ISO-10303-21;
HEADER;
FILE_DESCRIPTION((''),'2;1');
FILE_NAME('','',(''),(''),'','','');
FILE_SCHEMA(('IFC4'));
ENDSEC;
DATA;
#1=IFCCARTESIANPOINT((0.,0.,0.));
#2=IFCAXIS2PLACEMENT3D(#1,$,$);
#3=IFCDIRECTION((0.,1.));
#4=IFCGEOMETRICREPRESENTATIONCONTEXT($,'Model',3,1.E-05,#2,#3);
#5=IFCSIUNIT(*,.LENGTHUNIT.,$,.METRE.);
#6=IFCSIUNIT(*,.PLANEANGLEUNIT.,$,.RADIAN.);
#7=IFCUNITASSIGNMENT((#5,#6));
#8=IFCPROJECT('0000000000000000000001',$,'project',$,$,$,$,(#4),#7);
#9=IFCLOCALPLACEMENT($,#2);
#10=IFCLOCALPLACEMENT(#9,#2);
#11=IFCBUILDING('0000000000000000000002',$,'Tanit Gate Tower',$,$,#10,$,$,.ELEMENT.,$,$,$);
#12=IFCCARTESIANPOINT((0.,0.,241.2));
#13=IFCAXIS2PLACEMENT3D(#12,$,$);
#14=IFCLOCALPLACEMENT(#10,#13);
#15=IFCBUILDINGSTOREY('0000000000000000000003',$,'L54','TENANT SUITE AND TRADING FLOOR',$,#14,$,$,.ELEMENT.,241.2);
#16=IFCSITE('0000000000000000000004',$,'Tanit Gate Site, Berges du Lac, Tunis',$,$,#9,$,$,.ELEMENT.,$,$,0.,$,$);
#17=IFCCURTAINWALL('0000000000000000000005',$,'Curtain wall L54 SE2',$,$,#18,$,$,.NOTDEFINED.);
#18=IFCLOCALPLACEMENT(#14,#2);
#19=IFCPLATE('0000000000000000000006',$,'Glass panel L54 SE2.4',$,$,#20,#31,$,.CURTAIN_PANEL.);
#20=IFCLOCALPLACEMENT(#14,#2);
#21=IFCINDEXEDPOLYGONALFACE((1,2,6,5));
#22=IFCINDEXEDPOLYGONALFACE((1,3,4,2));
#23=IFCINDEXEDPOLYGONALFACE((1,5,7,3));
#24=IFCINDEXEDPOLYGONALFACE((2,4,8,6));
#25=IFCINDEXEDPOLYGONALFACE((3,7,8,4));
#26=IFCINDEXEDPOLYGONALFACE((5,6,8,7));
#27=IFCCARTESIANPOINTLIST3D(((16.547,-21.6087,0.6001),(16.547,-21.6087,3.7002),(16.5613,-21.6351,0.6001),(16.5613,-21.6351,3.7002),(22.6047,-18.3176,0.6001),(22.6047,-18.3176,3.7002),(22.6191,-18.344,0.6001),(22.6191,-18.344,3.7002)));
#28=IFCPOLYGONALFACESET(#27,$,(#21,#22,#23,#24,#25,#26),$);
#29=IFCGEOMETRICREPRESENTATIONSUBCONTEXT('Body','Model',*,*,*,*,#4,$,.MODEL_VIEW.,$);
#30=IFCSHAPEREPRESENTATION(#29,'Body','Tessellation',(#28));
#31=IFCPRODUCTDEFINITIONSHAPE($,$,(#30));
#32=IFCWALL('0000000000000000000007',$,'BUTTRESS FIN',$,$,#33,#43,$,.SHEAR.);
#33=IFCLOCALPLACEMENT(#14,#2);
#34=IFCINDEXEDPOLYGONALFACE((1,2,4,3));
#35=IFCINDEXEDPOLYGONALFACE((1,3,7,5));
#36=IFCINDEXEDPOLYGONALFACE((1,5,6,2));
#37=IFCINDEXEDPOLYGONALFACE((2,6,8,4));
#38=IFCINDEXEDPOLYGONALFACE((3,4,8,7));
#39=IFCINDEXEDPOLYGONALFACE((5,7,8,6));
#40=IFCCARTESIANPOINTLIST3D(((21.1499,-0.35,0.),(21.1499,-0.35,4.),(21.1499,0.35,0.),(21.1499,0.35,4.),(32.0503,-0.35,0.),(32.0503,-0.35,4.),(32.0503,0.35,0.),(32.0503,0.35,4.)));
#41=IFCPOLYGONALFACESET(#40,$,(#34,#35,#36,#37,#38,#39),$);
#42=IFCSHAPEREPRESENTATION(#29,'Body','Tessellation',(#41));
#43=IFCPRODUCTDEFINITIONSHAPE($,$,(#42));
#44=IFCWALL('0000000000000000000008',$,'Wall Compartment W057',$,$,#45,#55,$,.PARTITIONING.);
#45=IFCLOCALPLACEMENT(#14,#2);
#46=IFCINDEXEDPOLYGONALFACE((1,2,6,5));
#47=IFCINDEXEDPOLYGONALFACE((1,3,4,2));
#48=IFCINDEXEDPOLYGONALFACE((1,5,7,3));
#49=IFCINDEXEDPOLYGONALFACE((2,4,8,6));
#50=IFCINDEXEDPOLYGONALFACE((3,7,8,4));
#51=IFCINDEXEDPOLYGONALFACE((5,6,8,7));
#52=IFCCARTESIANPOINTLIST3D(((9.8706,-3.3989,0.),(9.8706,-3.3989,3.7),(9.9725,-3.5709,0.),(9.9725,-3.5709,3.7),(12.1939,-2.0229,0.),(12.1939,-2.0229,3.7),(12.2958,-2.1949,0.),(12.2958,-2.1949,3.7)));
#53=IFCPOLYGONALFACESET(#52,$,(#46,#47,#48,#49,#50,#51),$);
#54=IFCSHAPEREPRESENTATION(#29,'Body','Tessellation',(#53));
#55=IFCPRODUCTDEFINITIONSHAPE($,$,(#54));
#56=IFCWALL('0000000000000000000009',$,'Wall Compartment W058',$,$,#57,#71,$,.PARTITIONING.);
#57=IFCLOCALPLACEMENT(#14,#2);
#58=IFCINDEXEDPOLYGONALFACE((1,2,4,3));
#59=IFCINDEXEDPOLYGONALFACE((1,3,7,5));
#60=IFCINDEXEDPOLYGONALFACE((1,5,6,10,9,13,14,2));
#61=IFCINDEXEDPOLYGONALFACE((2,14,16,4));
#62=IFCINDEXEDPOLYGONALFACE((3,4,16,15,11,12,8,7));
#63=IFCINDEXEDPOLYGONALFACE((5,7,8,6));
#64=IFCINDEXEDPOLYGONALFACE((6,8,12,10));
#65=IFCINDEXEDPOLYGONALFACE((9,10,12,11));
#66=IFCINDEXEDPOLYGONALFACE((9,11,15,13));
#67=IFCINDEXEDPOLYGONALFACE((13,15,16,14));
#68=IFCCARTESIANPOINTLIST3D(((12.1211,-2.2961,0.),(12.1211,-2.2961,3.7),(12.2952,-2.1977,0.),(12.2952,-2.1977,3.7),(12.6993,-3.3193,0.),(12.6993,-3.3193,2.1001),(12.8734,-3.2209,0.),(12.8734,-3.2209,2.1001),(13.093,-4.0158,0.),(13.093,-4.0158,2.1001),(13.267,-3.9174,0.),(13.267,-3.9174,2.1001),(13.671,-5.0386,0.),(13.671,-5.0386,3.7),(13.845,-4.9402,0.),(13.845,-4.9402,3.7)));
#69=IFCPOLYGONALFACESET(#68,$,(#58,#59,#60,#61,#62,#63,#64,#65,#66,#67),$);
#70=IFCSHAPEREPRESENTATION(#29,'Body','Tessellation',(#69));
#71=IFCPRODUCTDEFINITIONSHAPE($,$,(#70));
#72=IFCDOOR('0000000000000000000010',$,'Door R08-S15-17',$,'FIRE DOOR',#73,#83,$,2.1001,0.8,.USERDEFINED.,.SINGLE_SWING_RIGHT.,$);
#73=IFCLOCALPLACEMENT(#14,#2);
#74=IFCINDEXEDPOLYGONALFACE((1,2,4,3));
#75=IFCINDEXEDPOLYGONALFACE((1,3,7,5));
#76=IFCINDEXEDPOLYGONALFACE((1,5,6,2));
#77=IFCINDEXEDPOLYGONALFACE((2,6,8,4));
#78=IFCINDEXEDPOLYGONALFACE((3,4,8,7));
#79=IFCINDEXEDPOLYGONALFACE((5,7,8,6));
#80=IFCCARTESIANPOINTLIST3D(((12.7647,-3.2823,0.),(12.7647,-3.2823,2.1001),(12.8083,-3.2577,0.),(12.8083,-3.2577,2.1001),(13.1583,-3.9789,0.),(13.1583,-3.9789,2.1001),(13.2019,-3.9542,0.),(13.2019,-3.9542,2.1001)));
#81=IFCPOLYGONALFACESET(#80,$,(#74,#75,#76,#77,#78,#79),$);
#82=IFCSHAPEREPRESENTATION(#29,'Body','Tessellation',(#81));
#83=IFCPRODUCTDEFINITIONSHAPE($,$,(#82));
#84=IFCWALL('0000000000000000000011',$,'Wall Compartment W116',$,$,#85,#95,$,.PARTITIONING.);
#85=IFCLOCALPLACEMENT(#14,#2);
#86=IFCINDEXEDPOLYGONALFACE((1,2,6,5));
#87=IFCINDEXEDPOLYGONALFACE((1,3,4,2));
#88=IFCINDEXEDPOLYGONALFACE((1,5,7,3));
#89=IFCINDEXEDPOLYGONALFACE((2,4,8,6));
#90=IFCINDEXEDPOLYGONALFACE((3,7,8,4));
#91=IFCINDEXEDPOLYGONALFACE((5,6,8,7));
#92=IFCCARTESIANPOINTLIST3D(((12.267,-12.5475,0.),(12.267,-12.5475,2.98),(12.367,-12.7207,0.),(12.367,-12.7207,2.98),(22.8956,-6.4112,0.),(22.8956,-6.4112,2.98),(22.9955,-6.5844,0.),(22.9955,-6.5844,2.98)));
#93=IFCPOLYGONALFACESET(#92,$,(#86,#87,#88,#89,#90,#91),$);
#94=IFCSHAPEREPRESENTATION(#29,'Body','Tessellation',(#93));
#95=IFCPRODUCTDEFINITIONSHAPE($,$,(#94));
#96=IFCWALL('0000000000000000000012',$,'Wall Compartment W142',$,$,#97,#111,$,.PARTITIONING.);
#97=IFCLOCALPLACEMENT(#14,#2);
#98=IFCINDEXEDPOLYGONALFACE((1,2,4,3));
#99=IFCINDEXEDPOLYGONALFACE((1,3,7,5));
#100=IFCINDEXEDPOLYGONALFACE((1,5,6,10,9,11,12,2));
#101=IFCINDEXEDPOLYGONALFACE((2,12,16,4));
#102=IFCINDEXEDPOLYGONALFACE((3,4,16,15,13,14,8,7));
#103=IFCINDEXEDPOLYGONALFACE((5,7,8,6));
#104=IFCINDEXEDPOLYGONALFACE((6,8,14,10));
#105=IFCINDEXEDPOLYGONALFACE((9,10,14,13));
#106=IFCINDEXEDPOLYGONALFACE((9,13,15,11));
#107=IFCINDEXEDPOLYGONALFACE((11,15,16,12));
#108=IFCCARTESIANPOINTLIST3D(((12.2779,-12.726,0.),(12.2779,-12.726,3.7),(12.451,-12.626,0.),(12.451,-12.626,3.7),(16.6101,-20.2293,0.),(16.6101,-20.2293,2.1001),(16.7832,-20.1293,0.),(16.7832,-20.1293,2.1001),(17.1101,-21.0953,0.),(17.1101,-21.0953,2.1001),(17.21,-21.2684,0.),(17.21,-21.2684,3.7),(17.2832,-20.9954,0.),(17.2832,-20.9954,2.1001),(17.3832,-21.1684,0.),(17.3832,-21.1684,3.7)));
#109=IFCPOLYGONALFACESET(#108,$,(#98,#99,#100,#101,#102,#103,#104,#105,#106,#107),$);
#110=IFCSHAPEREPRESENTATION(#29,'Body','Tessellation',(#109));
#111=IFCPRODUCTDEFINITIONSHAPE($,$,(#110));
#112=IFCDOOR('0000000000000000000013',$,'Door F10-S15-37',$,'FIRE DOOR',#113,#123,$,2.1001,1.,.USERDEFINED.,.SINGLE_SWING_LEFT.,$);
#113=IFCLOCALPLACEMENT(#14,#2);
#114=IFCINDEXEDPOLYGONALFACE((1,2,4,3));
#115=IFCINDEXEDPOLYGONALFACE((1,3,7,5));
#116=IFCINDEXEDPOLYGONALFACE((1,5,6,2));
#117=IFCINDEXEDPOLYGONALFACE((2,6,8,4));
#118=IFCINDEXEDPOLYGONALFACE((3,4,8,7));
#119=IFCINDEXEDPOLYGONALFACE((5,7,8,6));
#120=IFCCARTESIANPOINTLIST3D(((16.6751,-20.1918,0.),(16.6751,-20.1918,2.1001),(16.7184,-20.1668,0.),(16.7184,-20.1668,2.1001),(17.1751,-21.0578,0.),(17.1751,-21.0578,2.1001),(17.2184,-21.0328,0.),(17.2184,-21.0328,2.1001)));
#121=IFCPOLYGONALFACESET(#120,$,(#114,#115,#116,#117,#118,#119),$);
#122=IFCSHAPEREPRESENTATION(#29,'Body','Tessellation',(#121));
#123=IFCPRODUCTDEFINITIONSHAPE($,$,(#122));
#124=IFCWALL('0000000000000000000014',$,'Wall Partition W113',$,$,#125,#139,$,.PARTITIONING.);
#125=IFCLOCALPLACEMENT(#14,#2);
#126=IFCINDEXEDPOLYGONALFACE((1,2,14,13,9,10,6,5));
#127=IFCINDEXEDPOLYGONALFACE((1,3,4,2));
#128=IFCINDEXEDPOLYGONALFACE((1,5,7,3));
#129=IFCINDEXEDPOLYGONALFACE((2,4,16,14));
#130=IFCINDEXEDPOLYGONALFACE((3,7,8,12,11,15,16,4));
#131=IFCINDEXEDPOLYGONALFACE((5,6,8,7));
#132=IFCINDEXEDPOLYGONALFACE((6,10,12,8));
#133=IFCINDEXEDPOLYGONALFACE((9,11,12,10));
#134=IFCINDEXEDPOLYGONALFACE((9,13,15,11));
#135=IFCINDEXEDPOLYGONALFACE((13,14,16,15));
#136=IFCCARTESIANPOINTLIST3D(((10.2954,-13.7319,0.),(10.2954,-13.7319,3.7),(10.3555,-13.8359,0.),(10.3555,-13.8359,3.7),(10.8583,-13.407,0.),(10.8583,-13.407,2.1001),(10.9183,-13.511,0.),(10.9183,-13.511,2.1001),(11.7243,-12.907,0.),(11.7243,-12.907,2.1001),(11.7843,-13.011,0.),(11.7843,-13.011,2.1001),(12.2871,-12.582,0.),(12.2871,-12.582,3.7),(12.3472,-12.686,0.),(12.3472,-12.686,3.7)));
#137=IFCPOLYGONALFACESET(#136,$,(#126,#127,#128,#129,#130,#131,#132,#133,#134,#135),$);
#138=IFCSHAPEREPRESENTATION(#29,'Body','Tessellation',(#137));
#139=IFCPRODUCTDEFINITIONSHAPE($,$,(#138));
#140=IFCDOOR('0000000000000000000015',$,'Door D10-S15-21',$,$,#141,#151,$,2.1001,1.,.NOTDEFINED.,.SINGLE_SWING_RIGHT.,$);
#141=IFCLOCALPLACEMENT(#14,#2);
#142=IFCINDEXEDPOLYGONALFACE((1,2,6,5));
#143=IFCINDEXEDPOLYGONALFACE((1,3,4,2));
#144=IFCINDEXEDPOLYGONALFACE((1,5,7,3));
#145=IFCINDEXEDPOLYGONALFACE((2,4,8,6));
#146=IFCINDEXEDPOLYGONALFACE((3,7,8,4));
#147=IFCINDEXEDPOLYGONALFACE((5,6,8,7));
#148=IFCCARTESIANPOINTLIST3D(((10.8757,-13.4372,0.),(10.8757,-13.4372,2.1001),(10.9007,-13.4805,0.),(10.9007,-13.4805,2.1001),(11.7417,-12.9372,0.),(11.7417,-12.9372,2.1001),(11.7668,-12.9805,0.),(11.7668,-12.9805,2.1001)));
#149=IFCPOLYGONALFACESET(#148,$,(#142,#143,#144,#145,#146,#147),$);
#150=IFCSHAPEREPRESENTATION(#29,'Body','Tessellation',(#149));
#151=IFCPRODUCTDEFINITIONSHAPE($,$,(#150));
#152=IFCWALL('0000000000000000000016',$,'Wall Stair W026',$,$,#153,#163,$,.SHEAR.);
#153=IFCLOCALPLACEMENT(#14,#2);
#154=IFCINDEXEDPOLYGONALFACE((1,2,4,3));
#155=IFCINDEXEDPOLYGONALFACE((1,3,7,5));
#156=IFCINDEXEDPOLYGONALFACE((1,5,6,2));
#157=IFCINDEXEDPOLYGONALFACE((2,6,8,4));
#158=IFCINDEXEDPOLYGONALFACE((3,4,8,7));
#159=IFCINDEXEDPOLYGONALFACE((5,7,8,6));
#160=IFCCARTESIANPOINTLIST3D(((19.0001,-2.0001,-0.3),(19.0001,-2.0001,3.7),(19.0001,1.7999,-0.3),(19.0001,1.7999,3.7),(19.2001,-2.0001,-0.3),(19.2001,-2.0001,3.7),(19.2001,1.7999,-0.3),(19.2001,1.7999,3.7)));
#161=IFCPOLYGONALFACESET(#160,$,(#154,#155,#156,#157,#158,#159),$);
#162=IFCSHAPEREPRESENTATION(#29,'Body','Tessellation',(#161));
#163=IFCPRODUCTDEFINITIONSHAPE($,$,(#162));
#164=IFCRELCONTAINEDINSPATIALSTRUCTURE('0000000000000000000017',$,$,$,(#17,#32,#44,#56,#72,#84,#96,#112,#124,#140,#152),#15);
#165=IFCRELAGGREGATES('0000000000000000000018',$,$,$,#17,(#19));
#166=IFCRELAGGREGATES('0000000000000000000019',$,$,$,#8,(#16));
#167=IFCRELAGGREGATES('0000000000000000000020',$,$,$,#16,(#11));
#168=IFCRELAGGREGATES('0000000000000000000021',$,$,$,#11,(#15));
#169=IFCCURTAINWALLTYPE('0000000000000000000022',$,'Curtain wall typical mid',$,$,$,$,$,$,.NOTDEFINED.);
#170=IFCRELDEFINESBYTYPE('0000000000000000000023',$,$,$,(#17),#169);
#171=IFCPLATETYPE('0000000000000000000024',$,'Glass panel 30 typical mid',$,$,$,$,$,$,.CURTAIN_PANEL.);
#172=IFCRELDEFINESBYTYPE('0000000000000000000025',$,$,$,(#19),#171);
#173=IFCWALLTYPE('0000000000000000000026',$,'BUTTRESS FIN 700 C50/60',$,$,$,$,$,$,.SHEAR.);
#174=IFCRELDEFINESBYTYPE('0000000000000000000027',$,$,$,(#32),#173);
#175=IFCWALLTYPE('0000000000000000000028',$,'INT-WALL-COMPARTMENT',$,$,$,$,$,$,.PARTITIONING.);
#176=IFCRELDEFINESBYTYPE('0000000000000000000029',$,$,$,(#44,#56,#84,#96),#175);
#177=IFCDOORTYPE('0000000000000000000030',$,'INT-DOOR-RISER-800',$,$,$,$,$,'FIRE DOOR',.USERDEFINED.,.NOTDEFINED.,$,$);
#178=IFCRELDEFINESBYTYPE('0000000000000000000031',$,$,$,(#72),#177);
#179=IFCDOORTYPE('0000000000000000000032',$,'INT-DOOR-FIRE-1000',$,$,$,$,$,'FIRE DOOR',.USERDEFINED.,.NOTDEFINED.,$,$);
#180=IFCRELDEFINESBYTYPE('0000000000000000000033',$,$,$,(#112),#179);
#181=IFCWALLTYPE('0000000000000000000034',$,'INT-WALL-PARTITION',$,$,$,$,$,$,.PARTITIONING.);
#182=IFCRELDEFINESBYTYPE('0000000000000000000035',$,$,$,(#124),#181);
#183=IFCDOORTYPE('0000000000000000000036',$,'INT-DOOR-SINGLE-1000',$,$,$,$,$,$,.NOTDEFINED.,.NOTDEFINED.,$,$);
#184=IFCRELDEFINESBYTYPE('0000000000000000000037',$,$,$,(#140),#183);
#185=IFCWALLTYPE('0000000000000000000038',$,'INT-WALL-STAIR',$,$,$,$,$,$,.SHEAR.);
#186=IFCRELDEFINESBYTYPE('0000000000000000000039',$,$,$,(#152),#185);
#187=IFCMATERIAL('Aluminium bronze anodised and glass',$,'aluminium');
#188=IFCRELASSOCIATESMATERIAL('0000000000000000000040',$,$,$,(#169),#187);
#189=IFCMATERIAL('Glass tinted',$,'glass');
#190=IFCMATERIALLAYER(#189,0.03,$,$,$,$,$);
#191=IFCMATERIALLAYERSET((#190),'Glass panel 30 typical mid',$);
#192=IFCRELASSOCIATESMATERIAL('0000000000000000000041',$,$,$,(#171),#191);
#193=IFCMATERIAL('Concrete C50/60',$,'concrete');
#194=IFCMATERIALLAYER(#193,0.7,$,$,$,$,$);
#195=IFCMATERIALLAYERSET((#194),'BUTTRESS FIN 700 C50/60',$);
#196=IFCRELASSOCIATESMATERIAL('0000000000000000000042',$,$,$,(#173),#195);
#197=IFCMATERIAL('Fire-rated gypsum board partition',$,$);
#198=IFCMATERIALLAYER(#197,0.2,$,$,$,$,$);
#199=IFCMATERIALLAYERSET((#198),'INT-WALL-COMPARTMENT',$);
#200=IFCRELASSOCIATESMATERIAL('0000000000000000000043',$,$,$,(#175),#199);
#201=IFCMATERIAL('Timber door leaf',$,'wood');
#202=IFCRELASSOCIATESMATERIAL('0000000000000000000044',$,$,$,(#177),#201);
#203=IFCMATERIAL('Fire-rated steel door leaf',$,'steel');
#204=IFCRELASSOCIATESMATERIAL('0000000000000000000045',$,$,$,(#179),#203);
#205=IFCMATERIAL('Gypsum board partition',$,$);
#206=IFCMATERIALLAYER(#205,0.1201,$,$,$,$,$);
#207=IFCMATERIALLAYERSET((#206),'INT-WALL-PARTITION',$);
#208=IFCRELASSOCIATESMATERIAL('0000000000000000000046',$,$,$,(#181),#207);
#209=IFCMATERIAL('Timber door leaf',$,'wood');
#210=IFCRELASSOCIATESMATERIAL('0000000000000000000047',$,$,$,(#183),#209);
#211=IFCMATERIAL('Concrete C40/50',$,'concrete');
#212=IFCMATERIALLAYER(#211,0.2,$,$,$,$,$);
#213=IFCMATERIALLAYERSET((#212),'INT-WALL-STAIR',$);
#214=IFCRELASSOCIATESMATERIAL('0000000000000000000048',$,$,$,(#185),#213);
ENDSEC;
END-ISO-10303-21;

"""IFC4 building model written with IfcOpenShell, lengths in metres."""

from ifc_helpers import new_model, si_unit, direction, frame, frame_2d, origin, origin_2d, place, context, subcontext, project, spatial, rectangle, extrude, material, layer, layer_set, type_object, element, fill, aggregate, save


model = new_model("IFC4")

# Units and contexts
model_context = context("Model", 3, precision=1e-05, world=origin(), true_north=direction((0.0, 1.0)))
body_context = subcontext(model_context, "Body", "Model", "MODEL_VIEW")
ifc_project = project(units=[si_unit("LENGTHUNIT", "METRE"), si_unit("PLANEANGLEUNIT", "RADIAN")], contexts=[model_context])

# Site, building, storey
site_placement = place(None, origin())
site = spatial("IfcSite", under=ifc_project, at=site_placement, Name="Tanit Gate Site, Berges du Lac, Tunis", CompositionType="ELEMENT", RefElevation=0.0)
building_placement = place(site_placement, origin())
building = spatial("IfcBuilding", under=site, at=building_placement, Name="Tanit Gate Tower", CompositionType="ELEMENT")
storey_placement = place(building_placement, frame((0.0, 0.0, 241.2)))
storey = spatial("IfcBuildingStorey", under=building, at=storey_placement, Name="L54", Description="TENANT SUITE AND TRADING FLOOR", CompositionType="ELEMENT", Elevation=241.2)

# Curtain wall
ifc_material_1 = material(Name="Aluminium bronze anodised and glass", Category="aluminium")
curtain_wall_type = type_object("IfcCurtainWallType", Name="Curtain wall typical mid", PredefinedType="NOTDEFINED", material=ifc_material_1)
curtain_wall_placement = place(storey_placement, origin())
curtain_wall = element("IfcCurtainWall", 1, at=curtain_wall_placement, inside=storey, type_object=curtain_wall_type, Name="Curtain wall L54 SE2", PredefinedType="NOTDEFINED")

# Plate
ifc_material_2 = material(Name="Glass tinted", Category="glass")
ifc_layer_1 = layer(ifc_material_2, 0.03)
ifc_layer_set_1 = layer_set([ifc_layer_1], Name="Glass panel 30 typical mid")
plate_type = type_object("IfcPlateType", Name="Glass panel 30 typical mid", PredefinedType="CURTAIN_PANEL", material=ifc_layer_set_1)
plate_1_placement = place(storey_placement, frame((19.583, -19.9763, 0.6001), z_axis=(0.0, 0.0, 1.0), x_axis=(0.878696, 0.477381, 0.0)))
plate_1 = element("IfcPlate", 2, at=plate_1_placement, type_object=plate_type, Name="Glass panel L54 SE2.4", PredefinedType="CURTAIN_PANEL", context=body_context, shape_type="SweptSolid", body=[
    extrude(rectangle(XDim=6.894, YDim=0.03, at=origin_2d()), origin(), (0.0, 0.0, 1.0), 3.1001),
])
aggregate(curtain_wall, [plate_1])

# Walls
ifc_material_3 = material(Name="Concrete C50/60", Category="concrete")
ifc_layer_2 = layer(ifc_material_3, 0.7)
ifc_layer_set_2 = layer_set([ifc_layer_2], Name="BUTTRESS FIN 700 C50/60")
wall_type_1 = type_object("IfcWallType", Name="BUTTRESS FIN 700 C50/60", PredefinedType="SHEAR", material=ifc_layer_set_2)
wall_1_placement = place(storey_placement, frame((21.1499, 0.0, 0.0), z_axis=(0.0, 0.0, 1.0), x_axis=(1.0, 0.0, 0.0)))
element("IfcWall", 3, at=wall_1_placement, inside=storey, type_object=wall_type_1, Name="BUTTRESS FIN", PredefinedType="SHEAR", context=body_context, shape_type="SweptSolid", body=[
    extrude(rectangle(XDim=10.9004, YDim=0.7, at=frame_2d((5.4502, 0.0))), origin(), (0.0, 0.0, 1.0), 4.0),
])
ifc_material_4 = material(Name="Fire-rated gypsum board partition")
ifc_layer_3 = layer(ifc_material_4, 0.2)
ifc_layer_set_3 = layer_set([ifc_layer_3], Name="INT-WALL-COMPARTMENT")
wall_type_2 = type_object("IfcWallType", Name="INT-WALL-COMPARTMENT", PredefinedType="PARTITIONING", material=ifc_layer_set_3)
wall_2_placement = place(storey_placement, frame((12.2449, -2.1089, 0.0), z_axis=(0.0, 0.0, 1.0), x_axis=(-0.860415, -0.509594, 0.0)))
element("IfcWall", 4, at=wall_2_placement, inside=storey, type_object=wall_type_2, Name="Wall Compartment W057", PredefinedType="PARTITIONING", context=body_context, shape_type="SweptSolid", body=[
    extrude(rectangle(XDim=2.7002, YDim=0.2, at=frame_2d((1.3501, 0.0))), origin(), (0.0, 0.0, 1.0), 3.7),
])

# Wall, opening, door
wall_3_placement = place(storey_placement, frame((13.7581, -4.9895, 0.0), z_axis=(0.0, 0.0, 1.0), x_axis=(-0.491993, 0.870599, 0.0)))
wall_3 = element("IfcWall", 5, at=wall_3_placement, inside=storey, type_object=wall_type_2, Name="Wall Compartment W058", PredefinedType="PARTITIONING", context=body_context, shape_type="SweptSolid", body=[
    extrude(rectangle(XDim=3.1501, YDim=0.2, at=frame_2d((1.5752, 0.0))), origin(), (0.0, 0.0, 1.0), 3.7),
])
opening_1_placement = place(wall_3_placement, frame((1.175, 0.0, 0.0)))
opening_1 = element("IfcOpeningElement", 6, at=opening_1_placement, cuts=wall_3, PredefinedType="OPENING", context=body_context, shape_type="SweptSolid", body=[
    extrude(rectangle(XDim=0.8, YDim=2.1001, at=frame_2d((0.3999, 1.05))), frame((0.0, 0.1099, 0.0), z_axis=(0.0, -1.0, 0.0), x_axis=(1.0, 0.0, 0.0)), (0.0, 0.0, 1.0), 0.22),
])
ifc_material_5 = material(Name="Timber door leaf", Category="wood")
door_type_1 = type_object("IfcDoorType", Name="INT-DOOR-RISER-800", ElementType="FIRE DOOR", OperationType="NOTDEFINED", PredefinedType="USERDEFINED", material=ifc_material_5)
door_1_placement = place(opening_1_placement, origin())
door_1 = element("IfcDoor", 7, at=door_1_placement, inside=storey, type_object=door_type_1, Name="Door R08-S15-17", ObjectType="FIRE DOOR", OperationType="SINGLE_SWING_RIGHT", OverallHeight=2.1001, OverallWidth=0.8, PredefinedType="USERDEFINED", context=body_context, shape_type="SweptSolid", body=[
    extrude(rectangle(XDim=0.8, YDim=2.1001, at=frame_2d((0.3999, 1.05))), frame((0.0, 0.0249, 0.0), z_axis=(0.0, -1.0, 0.0), x_axis=(1.0, 0.0, 0.0)), (0.0, 0.0, 1.0), 0.05),
])
fill(opening_1, door_1)

# Wall
wall_4_placement = place(storey_placement, frame((12.3171, -12.634, 0.0), z_axis=(0.0, 0.0, 1.0), x_axis=(0.866029, 0.499995, 0.0)))
element("IfcWall", 8, at=wall_4_placement, inside=storey, type_object=wall_type_2, Name="Wall Compartment W116", PredefinedType="PARTITIONING", context=body_context, shape_type="SweptSolid", body=[
    extrude(rectangle(XDim=12.2727, YDim=0.2, at=frame_2d((6.1362, 0.0))), origin(), (0.0, 0.0, 1.0), 2.98),
])

# Walls, openings, doors
wall_5_placement = place(storey_placement, frame((17.2966, -21.2185, 0.0), z_axis=(0.0, 0.0, 1.0), x_axis=(-0.50001, 0.86602, 0.0)))
wall_5 = element("IfcWall", 9, at=wall_5_placement, inside=storey, type_object=wall_type_2, Name="Wall Compartment W142", PredefinedType="PARTITIONING", context=body_context, shape_type="SweptSolid", body=[
    extrude(rectangle(XDim=9.864, YDim=0.2, at=frame_2d((4.9321, 0.0))), origin(), (0.0, 0.0, 1.0), 3.7),
])
opening_2_placement = place(wall_5_placement, frame((0.2, 0.0, 0.0)))
opening_2 = element("IfcOpeningElement", 10, at=opening_2_placement, cuts=wall_5, PredefinedType="OPENING", context=body_context, shape_type="SweptSolid", body=[
    extrude(rectangle(XDim=1.0, YDim=2.1001, at=frame_2d((0.5, 1.05))), frame((0.0, 0.1099, 0.0), z_axis=(0.0, -1.0, 0.0), x_axis=(1.0, 0.0, 0.0)), (0.0, 0.0, 1.0), 0.22),
])
ifc_material_6 = material(Name="Fire-rated steel door leaf", Category="steel")
door_type_2 = type_object("IfcDoorType", Name="INT-DOOR-FIRE-1000", ElementType="FIRE DOOR", OperationType="NOTDEFINED", PredefinedType="USERDEFINED", material=ifc_material_6)
door_2_placement = place(opening_2_placement, origin())
door_2 = element("IfcDoor", 11, at=door_2_placement, inside=storey, type_object=door_type_2, Name="Door F10-S15-37", ObjectType="FIRE DOOR", OperationType="SINGLE_SWING_LEFT", OverallHeight=2.1001, OverallWidth=1.0, PredefinedType="USERDEFINED", context=body_context, shape_type="SweptSolid", body=[
    extrude(rectangle(XDim=1.0, YDim=2.1001, at=frame_2d((0.5, 1.05))), frame((0.0, 0.0249, 0.0), z_axis=(0.0, -1.0, 0.0), x_axis=(1.0, 0.0, 0.0)), (0.0, 0.0, 1.0), 0.05),
])
fill(opening_2, door_2)
ifc_material_7 = material(Name="Gypsum board partition")
ifc_layer_4 = layer(ifc_material_7, 0.1201)
ifc_layer_set_4 = layer_set([ifc_layer_4], Name="INT-WALL-PARTITION")
wall_type_3 = type_object("IfcWallType", Name="INT-WALL-PARTITION", PredefinedType="PARTITIONING", material=ifc_layer_set_4)
wall_6_placement = place(storey_placement, frame((12.3171, -12.634, 0.0), z_axis=(0.0, 0.0, 1.0), x_axis=(-0.866026, -0.499998, 0.0)))
wall_6 = element("IfcWall", 12, at=wall_6_placement, inside=storey, type_object=wall_type_3, Name="Wall Partition W113", PredefinedType="PARTITIONING", context=body_context, shape_type="SweptSolid", body=[
    extrude(rectangle(XDim=2.2998, YDim=0.1201, at=frame_2d((1.1499, 0.0))), origin(), (0.0, 0.0, 1.0), 3.7),
])
opening_3_placement = place(wall_6_placement, frame((0.6499, 0.0, 0.0)))
opening_3 = element("IfcOpeningElement", 13, at=opening_3_placement, cuts=wall_6, PredefinedType="OPENING", context=body_context, shape_type="SweptSolid", body=[
    extrude(rectangle(XDim=1.0, YDim=2.1001, at=frame_2d((0.5, 1.05))), frame((0.0, 0.0701, 0.0), z_axis=(0.0, -1.0, 0.0), x_axis=(1.0, 0.0, 0.0)), (0.0, 0.0, 1.0), 0.1401),
])
ifc_material_8 = material(Name="Timber door leaf", Category="wood")
door_type_3 = type_object("IfcDoorType", Name="INT-DOOR-SINGLE-1000", OperationType="NOTDEFINED", PredefinedType="NOTDEFINED", material=ifc_material_8)
door_3_placement = place(opening_3_placement, origin())
door_3 = element("IfcDoor", 14, at=door_3_placement, inside=storey, type_object=door_type_3, Name="Door D10-S15-21", OperationType="SINGLE_SWING_RIGHT", OverallHeight=2.1001, OverallWidth=1.0, PredefinedType="NOTDEFINED", context=body_context, shape_type="SweptSolid", body=[
    extrude(rectangle(XDim=1.0, YDim=2.1001, at=frame_2d((0.5, 1.05))), frame((0.0, 0.0249, 0.0), z_axis=(0.0, -1.0, 0.0), x_axis=(1.0, 0.0, 0.0)), (0.0, 0.0, 1.0), 0.05),
])
fill(opening_3, door_3)

# Wall
ifc_material_9 = material(Name="Concrete C40/50", Category="concrete")
ifc_layer_5 = layer(ifc_material_9, 0.2)
ifc_layer_set_5 = layer_set([ifc_layer_5], Name="INT-WALL-STAIR")
wall_type_4 = type_object("IfcWallType", Name="INT-WALL-STAIR", PredefinedType="SHEAR", material=ifc_layer_set_5)
wall_7_placement = place(storey_placement, frame((19.1001, -2.0, -0.3), z_axis=(0.0, 0.0, 1.0), x_axis=(0.0, 1.0, 0.0)))
element("IfcWall", 15, at=wall_7_placement, inside=storey, type_object=wall_type_4, Name="Wall Stair W026", PredefinedType="SHEAR", context=body_context, shape_type="SweptSolid", body=[
    extrude(rectangle(XDim=3.8, YDim=0.2, at=frame_2d((1.8999, 0.0))), origin(), (0.0, 0.0, 1.0), 4.0),
])

save(model, "model.ifc")
